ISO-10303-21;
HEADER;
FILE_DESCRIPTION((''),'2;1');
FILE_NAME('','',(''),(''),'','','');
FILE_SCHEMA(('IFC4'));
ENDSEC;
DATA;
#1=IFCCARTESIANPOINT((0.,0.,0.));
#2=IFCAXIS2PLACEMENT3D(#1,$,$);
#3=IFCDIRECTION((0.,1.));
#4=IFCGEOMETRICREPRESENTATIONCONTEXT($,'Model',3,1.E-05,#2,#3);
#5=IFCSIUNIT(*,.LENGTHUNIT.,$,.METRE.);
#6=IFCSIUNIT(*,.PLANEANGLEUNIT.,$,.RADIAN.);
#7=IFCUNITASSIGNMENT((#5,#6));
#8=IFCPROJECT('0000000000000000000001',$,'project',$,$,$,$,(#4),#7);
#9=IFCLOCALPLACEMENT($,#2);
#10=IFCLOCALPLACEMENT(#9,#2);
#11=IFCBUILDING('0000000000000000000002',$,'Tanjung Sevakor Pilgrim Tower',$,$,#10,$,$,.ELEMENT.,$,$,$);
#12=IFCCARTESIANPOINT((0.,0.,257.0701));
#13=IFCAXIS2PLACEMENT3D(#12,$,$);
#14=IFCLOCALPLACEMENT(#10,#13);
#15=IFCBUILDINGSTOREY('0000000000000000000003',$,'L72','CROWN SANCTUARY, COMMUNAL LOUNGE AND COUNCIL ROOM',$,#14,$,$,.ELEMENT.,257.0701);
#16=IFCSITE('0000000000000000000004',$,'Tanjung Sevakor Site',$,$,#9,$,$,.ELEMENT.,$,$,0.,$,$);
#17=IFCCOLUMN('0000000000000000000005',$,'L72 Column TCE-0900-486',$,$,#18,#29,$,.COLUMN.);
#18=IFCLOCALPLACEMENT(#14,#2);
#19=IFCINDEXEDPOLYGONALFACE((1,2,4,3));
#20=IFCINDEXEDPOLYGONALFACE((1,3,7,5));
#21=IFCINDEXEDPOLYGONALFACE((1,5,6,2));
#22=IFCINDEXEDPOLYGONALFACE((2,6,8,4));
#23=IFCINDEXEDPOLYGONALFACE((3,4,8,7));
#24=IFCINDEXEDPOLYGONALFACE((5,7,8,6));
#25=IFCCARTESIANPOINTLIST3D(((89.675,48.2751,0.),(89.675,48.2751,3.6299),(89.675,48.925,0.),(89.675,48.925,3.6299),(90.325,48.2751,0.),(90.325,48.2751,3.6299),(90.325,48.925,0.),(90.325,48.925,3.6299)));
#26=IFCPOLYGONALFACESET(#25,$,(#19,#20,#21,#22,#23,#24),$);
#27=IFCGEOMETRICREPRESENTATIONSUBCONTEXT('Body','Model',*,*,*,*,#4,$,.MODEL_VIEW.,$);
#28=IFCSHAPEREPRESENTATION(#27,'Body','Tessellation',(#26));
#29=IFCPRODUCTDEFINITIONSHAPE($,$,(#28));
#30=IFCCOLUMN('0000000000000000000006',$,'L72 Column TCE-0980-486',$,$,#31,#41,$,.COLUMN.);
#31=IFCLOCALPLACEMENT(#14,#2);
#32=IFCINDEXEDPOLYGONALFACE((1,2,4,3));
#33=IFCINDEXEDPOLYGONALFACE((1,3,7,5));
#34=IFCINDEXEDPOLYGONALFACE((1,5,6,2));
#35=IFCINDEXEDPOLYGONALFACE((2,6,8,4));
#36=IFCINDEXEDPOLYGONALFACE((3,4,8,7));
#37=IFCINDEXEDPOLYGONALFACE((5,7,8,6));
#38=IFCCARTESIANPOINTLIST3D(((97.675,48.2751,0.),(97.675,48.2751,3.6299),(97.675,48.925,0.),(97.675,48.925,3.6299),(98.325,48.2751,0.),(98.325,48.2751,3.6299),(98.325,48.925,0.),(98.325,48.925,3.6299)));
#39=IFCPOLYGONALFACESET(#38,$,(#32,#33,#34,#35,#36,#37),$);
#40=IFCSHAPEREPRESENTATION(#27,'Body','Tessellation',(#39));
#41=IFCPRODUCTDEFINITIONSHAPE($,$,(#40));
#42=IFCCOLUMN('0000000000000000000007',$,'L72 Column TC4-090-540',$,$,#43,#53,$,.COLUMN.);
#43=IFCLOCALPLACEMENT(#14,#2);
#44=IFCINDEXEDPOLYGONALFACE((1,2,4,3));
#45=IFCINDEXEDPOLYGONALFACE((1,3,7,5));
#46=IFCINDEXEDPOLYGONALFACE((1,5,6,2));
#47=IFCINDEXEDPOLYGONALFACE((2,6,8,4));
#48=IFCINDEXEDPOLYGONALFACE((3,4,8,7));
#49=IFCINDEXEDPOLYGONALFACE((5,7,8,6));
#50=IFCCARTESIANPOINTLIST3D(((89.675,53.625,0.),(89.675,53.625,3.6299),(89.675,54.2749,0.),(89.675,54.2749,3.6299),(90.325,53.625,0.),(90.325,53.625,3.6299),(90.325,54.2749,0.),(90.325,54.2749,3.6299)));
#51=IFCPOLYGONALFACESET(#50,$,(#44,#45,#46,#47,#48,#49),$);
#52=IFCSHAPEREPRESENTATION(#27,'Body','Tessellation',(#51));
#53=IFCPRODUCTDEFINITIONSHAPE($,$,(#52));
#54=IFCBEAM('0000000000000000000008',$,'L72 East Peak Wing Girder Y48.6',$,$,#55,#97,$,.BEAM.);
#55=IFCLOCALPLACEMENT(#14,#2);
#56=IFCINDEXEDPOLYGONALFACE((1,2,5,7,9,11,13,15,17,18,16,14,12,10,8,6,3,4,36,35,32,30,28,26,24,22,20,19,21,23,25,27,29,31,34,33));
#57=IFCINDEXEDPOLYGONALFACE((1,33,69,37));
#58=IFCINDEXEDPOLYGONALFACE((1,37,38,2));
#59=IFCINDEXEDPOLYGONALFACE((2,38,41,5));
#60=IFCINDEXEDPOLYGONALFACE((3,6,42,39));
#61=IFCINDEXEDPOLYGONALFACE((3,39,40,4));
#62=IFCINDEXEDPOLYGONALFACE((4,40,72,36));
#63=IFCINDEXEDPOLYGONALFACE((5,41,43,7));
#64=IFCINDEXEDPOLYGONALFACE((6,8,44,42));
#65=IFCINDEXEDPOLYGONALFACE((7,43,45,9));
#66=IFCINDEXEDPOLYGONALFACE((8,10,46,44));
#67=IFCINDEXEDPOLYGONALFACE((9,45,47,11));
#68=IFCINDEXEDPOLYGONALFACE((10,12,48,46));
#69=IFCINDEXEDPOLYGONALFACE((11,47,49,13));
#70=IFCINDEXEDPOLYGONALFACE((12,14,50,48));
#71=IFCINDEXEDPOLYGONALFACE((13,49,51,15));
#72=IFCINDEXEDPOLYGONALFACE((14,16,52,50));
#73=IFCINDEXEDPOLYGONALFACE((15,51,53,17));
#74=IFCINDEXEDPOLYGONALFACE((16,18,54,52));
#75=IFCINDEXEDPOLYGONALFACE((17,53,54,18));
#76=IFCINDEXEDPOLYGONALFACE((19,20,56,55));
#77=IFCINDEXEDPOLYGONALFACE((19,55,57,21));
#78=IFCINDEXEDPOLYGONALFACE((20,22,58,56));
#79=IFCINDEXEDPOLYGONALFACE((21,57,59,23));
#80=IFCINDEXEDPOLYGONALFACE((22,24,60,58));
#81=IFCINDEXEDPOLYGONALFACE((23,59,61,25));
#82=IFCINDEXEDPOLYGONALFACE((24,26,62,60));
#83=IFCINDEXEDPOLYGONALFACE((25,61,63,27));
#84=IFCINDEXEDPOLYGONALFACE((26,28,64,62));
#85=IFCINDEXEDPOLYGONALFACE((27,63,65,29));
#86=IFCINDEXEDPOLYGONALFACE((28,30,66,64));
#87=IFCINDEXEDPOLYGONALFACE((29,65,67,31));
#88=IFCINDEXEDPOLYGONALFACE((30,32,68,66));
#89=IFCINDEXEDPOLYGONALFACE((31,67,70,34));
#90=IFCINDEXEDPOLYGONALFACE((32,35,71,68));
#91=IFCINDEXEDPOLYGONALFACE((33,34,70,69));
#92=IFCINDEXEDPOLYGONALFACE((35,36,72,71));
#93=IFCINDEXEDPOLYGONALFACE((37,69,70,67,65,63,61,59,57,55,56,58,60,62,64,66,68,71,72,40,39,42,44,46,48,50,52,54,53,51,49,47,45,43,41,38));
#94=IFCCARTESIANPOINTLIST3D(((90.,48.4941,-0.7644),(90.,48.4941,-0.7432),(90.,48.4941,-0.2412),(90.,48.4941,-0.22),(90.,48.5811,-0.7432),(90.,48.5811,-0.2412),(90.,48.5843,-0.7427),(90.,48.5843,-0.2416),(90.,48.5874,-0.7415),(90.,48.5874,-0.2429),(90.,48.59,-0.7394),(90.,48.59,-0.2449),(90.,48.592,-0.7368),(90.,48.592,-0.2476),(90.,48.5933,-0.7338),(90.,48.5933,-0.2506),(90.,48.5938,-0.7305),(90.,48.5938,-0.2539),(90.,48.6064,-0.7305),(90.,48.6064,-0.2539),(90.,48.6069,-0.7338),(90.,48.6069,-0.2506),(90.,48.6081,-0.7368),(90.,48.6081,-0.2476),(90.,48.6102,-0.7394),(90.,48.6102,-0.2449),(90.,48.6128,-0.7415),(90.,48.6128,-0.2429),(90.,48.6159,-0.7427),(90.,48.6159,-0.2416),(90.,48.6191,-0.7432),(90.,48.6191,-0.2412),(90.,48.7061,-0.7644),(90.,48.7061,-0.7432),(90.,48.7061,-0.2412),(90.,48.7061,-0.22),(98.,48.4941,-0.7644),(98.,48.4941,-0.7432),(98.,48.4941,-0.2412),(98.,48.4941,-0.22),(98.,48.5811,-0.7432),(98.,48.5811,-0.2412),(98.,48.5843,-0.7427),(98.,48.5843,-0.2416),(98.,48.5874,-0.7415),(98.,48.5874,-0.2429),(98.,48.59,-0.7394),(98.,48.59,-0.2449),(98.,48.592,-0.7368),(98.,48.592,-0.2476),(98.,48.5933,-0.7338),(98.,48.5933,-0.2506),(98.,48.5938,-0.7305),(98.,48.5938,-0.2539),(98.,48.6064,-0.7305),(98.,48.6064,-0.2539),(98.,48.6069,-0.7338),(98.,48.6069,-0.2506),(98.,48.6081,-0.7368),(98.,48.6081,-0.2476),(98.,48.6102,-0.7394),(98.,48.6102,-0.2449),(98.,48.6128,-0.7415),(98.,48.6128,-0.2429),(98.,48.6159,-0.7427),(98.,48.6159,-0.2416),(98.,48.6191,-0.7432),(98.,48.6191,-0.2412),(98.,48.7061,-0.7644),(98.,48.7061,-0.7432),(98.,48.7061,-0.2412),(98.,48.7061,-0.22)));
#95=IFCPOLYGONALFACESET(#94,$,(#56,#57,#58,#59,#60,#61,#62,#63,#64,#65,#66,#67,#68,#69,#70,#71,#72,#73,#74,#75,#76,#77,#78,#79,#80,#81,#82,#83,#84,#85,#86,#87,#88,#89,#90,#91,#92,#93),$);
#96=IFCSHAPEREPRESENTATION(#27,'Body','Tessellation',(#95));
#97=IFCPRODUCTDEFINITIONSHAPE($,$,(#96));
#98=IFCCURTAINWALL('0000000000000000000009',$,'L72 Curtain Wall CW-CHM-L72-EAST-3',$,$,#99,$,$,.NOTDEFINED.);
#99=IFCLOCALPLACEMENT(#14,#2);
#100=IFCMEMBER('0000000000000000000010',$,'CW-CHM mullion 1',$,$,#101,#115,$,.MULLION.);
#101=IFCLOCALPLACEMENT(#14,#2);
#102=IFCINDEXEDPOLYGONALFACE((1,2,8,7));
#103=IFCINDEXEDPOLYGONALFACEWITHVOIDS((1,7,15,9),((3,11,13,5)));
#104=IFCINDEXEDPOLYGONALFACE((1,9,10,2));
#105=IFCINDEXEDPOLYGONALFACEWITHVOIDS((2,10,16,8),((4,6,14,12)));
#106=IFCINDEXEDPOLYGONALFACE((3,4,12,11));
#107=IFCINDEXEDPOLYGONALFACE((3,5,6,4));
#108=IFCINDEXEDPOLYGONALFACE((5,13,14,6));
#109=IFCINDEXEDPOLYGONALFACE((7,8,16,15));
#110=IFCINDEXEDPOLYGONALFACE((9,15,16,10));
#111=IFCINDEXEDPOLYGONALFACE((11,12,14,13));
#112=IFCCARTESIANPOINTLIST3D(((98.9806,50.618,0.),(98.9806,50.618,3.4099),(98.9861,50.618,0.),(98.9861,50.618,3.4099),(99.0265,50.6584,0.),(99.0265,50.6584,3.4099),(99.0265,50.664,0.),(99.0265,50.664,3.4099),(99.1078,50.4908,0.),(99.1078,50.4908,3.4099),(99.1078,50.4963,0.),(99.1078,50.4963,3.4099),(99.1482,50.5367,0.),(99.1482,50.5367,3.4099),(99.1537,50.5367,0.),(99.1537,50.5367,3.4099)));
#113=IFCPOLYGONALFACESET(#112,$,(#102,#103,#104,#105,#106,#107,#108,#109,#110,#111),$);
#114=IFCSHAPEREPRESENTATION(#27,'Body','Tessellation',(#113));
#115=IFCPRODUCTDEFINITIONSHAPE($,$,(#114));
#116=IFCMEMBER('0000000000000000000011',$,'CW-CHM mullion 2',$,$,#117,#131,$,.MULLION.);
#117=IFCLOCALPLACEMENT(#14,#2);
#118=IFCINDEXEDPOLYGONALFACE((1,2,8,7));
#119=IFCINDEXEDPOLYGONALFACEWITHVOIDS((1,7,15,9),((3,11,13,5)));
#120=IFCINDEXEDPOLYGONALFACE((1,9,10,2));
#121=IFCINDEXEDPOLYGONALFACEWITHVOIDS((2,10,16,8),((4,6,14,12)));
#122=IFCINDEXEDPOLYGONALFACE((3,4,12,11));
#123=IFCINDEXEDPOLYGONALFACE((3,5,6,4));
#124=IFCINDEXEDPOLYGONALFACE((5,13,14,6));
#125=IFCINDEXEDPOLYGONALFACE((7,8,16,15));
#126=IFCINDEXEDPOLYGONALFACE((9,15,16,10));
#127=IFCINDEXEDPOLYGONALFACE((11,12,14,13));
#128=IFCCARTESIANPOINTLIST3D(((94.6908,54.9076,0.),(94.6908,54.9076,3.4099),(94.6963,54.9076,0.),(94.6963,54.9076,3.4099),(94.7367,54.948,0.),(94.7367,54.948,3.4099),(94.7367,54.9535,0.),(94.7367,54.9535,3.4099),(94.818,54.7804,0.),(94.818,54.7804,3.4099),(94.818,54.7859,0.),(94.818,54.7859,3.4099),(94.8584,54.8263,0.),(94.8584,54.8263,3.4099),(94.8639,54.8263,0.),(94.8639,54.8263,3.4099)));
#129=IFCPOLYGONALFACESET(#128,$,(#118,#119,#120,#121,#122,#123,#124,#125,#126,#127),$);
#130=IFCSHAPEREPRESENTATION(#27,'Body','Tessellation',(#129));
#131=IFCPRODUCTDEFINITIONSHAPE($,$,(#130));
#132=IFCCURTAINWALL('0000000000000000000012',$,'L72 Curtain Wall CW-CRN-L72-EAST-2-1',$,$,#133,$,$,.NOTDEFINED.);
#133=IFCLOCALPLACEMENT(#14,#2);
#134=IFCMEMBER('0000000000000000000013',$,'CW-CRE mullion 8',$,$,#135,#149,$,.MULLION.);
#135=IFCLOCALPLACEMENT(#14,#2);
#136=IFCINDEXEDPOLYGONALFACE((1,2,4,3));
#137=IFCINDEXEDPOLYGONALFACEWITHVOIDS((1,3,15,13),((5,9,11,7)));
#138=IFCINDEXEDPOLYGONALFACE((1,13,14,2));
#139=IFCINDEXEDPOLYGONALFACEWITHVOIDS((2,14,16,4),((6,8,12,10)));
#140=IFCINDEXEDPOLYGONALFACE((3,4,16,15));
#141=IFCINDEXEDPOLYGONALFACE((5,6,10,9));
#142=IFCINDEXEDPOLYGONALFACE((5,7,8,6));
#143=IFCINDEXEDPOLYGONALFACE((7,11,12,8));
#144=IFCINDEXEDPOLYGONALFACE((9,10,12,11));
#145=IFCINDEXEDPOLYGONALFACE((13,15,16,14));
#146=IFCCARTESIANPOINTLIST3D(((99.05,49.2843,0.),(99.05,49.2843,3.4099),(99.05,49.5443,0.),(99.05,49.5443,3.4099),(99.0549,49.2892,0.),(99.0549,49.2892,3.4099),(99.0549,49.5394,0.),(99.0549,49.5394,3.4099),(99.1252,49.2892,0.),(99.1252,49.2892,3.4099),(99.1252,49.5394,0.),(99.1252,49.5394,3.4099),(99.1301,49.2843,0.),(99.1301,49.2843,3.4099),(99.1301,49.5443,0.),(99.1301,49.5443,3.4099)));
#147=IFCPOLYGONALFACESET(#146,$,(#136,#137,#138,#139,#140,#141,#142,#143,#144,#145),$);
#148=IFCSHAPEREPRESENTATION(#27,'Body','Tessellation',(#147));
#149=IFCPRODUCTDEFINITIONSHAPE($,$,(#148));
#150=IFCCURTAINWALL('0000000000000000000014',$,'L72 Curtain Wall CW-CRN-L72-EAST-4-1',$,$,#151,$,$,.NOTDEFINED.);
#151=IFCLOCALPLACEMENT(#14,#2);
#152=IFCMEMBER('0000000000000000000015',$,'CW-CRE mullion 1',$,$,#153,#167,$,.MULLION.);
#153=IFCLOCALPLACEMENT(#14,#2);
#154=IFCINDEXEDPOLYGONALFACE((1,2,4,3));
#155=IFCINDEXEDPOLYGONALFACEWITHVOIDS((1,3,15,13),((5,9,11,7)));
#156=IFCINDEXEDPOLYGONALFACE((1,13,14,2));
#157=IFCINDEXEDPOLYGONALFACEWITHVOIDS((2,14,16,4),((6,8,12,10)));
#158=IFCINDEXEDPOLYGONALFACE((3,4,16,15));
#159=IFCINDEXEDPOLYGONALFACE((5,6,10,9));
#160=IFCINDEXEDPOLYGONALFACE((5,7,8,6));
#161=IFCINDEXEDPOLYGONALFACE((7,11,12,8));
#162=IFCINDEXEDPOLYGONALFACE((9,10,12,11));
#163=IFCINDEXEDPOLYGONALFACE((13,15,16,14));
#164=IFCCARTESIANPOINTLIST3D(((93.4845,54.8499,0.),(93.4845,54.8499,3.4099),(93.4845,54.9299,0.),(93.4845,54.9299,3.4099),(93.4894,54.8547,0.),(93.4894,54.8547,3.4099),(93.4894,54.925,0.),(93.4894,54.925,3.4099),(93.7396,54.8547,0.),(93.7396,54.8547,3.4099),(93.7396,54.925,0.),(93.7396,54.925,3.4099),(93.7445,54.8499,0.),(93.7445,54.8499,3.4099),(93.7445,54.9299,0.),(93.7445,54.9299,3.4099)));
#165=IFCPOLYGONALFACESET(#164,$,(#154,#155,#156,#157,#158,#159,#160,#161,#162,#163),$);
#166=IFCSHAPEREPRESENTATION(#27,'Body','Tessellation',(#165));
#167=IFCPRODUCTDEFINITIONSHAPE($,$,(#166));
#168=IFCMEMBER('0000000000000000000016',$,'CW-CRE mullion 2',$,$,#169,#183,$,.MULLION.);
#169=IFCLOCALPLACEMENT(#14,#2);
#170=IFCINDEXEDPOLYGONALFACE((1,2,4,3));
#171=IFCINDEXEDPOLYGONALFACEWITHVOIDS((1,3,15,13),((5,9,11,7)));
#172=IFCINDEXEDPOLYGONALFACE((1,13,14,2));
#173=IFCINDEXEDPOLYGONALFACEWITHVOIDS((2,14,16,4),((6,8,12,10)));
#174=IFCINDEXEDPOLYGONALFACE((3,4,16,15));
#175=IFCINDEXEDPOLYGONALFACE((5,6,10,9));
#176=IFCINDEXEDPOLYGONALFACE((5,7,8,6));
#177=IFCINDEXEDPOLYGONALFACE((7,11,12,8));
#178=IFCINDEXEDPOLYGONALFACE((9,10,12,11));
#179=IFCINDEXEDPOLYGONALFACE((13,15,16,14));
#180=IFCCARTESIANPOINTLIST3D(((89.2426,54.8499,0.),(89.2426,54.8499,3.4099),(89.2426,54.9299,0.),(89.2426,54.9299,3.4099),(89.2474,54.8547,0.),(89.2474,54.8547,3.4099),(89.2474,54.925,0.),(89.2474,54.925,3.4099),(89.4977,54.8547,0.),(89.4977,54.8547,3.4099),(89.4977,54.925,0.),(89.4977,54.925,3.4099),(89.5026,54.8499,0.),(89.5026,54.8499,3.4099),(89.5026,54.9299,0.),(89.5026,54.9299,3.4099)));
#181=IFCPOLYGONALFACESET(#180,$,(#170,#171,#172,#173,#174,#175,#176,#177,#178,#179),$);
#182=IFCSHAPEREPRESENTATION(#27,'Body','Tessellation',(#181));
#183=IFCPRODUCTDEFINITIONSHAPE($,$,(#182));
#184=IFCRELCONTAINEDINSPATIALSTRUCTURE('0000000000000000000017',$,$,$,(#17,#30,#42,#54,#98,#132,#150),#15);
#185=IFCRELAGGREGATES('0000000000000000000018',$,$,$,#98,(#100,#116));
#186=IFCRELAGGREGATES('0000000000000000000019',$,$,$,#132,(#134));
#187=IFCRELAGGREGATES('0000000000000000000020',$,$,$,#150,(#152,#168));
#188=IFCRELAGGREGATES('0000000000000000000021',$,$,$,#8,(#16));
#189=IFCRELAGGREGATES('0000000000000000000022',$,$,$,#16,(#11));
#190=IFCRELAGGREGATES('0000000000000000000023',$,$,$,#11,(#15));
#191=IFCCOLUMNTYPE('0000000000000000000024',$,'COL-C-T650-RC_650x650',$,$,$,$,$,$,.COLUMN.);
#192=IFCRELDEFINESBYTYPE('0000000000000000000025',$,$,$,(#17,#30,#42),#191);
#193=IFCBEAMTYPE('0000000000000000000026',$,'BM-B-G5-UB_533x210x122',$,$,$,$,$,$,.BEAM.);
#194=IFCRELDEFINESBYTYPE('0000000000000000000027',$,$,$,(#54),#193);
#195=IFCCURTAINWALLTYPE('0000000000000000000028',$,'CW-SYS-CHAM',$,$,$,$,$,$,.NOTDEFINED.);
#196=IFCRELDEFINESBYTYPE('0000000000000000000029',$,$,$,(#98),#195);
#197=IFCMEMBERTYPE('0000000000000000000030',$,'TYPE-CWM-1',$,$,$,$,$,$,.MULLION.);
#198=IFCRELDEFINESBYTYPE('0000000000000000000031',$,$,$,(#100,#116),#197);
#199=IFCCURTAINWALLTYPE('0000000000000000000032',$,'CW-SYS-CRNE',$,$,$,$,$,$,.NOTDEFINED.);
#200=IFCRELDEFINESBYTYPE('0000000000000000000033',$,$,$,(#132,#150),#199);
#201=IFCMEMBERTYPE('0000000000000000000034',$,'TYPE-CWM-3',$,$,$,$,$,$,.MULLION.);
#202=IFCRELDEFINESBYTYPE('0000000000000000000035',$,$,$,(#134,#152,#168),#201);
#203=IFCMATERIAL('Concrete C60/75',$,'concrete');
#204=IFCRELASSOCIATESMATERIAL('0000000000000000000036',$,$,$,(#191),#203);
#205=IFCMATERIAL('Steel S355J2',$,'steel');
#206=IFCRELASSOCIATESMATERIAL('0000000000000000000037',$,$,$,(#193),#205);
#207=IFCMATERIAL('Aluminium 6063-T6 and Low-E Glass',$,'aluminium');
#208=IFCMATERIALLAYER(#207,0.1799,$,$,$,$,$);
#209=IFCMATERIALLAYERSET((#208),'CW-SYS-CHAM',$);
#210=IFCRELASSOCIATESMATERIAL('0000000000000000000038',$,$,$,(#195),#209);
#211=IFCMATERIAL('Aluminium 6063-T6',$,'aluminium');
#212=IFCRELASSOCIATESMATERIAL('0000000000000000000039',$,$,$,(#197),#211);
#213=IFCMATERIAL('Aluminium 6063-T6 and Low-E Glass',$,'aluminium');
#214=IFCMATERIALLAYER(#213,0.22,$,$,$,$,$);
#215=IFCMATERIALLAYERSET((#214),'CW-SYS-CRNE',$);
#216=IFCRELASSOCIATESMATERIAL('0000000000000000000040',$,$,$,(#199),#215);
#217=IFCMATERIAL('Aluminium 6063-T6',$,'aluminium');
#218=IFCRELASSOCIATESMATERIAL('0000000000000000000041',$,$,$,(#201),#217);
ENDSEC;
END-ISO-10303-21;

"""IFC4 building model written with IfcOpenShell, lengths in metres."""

from ifc_helpers import new_model, si_unit, direction, frame, origin, origin_2d, place, context, subcontext, project, spatial, rectangle, hollow_rectangle, i_section, extrude, material, layer, layer_set, material_profile, profile_set, type_object, element, aggregate, save


model = new_model("IFC4")

# Units and contexts
model_context = context("Model", 3, precision=1e-05, world=origin(), true_north=direction((0.0, 1.0)))
body_context = subcontext(model_context, "Body", "Model", "MODEL_VIEW")
ifc_project = project(units=[si_unit("LENGTHUNIT", "METRE"), si_unit("PLANEANGLEUNIT", "RADIAN")], contexts=[model_context])

# Site, building, storey
site_placement = place(None, origin())
site = spatial("IfcSite", under=ifc_project, at=site_placement, Name="Tanjung Sevakor Site", CompositionType="ELEMENT", RefElevation=0.0)
building_placement = place(site_placement, origin())
building = spatial("IfcBuilding", under=site, at=building_placement, Name="Tanjung Sevakor Pilgrim Tower", CompositionType="ELEMENT")
storey_placement = place(building_placement, frame((0.0, 0.0, 257.0701)))
storey = spatial("IfcBuildingStorey", under=building, at=storey_placement, Name="L72", Description="CROWN SANCTUARY, COMMUNAL LOUNGE AND COUNCIL ROOM", CompositionType="ELEMENT", Elevation=257.0701)

# Columns
ifc_material_1 = material(Name="Concrete C60/75", Category="concrete")
ifc_material_profile_1 = material_profile(ifc_material_1, rectangle(XDim=0.6499, YDim=0.6499, at=origin_2d()))
ifc_profile_set_1 = profile_set([ifc_material_profile_1], Name="Concrete C60/75")
column_type = type_object("IfcColumnType", Name="COL-C-T650-RC_650x650", PredefinedType="COLUMN", material=ifc_profile_set_1)
for number, where, z_axis, x_axis, name in (
    (1, (90.0, 48.6001, 0.0), (0.0, 0.0, 1.0), (1.0, 0.0, 0.0), "L72 Column TCE-0900-486"),
    (2, (98.0, 48.6001, 0.0), (0.0, 0.0, 1.0), (1.0, 0.0, 0.0), "L72 Column TCE-0980-486"),
    (3, (90.0, 53.95, 0.0), (0.0, 0.0, 1.0), (1.0, 0.0, 0.0), "L72 Column TC4-090-540"),
):
    element("IfcColumn", number, at=place(storey_placement, frame(where, z_axis=z_axis, x_axis=x_axis)), inside=storey, type_object=column_type, Name=name, PredefinedType="COLUMN", context=body_context, shape_type="SweptSolid", body=[
        extrude(rectangle(XDim=0.6499, YDim=0.6499, at=origin_2d()), origin(), (0.0, 0.0, 1.0), 3.6299),
    ])

# Beam
ifc_material_2 = material(Name="Steel S355J2", Category="steel")
ifc_material_profile_2 = material_profile(ifc_material_2, i_section(OverallWidth=0.2119, OverallDepth=0.5444, WebThickness=0.0127, FlangeThickness=0.0212, FilletRadius=0.0127, at=origin_2d()))
ifc_profile_set_2 = profile_set([ifc_material_profile_2], Name="Steel S355J2")
beam_type = type_object("IfcBeamType", Name="BM-B-G5-UB_533x210x122", PredefinedType="BEAM", material=ifc_profile_set_2)
beam_placement = place(storey_placement, frame((90.0, 48.6001, -0.4922), z_axis=(1.0, 0.0, 0.0), x_axis=(0.0, 1.0, 0.0)))
element("IfcBeam", 4, at=beam_placement, inside=storey, type_object=beam_type, Name="L72 East Peak Wing Girder Y48.6", PredefinedType="BEAM", context=body_context, shape_type="SweptSolid", body=[
    extrude(i_section(OverallWidth=0.2119, OverallDepth=0.5444, WebThickness=0.0127, FlangeThickness=0.0212, FilletRadius=0.0127, at=origin_2d()), origin(), (0.0, 0.0, 1.0), 8.0),
])

# Curtain wall, members
ifc_material_3 = material(Name="Aluminium 6063-T6 and Low-E Glass", Category="aluminium")
ifc_layer_1 = layer(ifc_material_3, 0.1799)
ifc_layer_set_1 = layer_set([ifc_layer_1], Name="CW-SYS-CHAM")
curtain_wall_type_1 = type_object("IfcCurtainWallType", Name="CW-SYS-CHAM", PredefinedType="NOTDEFINED", material=ifc_layer_set_1)
curtain_wall_1_placement = place(storey_placement, origin())
curtain_wall_1 = element("IfcCurtainWall", 5, at=curtain_wall_1_placement, inside=storey, type_object=curtain_wall_type_1, Name="L72 Curtain Wall CW-CHM-L72-EAST-3", PredefinedType="NOTDEFINED")
ifc_material_4 = material(Name="Aluminium 6063-T6", Category="aluminium")
ifc_material_profile_3 = material_profile(ifc_material_4, hollow_rectangle(XDim=0.0649, YDim=0.1799, WallThickness=0.0039, at=origin_2d()))
ifc_profile_set_3 = profile_set([ifc_material_profile_3], Name="Aluminium 6063-T6")
member_type_1 = type_object("IfcMemberType", Name="TYPE-CWM-1", PredefinedType="MULLION", material=ifc_profile_set_3)
member_1_placement = place(storey_placement, frame((99.0671, 50.5774, 0.0), z_axis=(0.0, 0.0, 1.0), x_axis=(-0.707107, -0.707107, 0.0)))
member_1 = element("IfcMember", 6, at=member_1_placement, type_object=member_type_1, Name="CW-CHM mullion 1", PredefinedType="MULLION", context=body_context, shape_type="SweptSolid", body=[
    extrude(hollow_rectangle(XDim=0.0649, YDim=0.1799, WallThickness=0.0039, at=origin_2d()), origin(), (0.0, 0.0, 1.0), 3.4099),
])
member_2_placement = place(storey_placement, frame((94.7773, 54.8669, 0.0), z_axis=(0.0, 0.0, 1.0), x_axis=(-0.707107, -0.707107, 0.0)))
member_2 = element("IfcMember", 7, at=member_2_placement, type_object=member_type_1, Name="CW-CHM mullion 2", PredefinedType="MULLION", context=body_context, shape_type="SweptSolid", body=[
    extrude(hollow_rectangle(XDim=0.0649, YDim=0.1799, WallThickness=0.0039, at=origin_2d()), origin(), (0.0, 0.0, 1.0), 3.4099),
])

# Curtain wall, member
ifc_material_5 = material(Name="Aluminium 6063-T6 and Low-E Glass", Category="aluminium")
ifc_layer_2 = layer(ifc_material_5, 0.22)
ifc_layer_set_2 = layer_set([ifc_layer_2], Name="CW-SYS-CRNE")
curtain_wall_type_2 = type_object("IfcCurtainWallType", Name="CW-SYS-CRNE", PredefinedType="NOTDEFINED", material=ifc_layer_set_2)
curtain_wall_2_placement = place(storey_placement, origin())
curtain_wall_2 = element("IfcCurtainWall", 8, at=curtain_wall_2_placement, inside=storey, type_object=curtain_wall_type_2, Name="L72 Curtain Wall CW-CRN-L72-EAST-2-1", PredefinedType="NOTDEFINED")
ifc_material_6 = material(Name="Aluminium 6063-T6", Category="aluminium")
ifc_material_profile_4 = material_profile(ifc_material_6, hollow_rectangle(XDim=0.0801, YDim=0.26, WallThickness=0.0049, at=origin_2d()))
ifc_profile_set_4 = profile_set([ifc_material_profile_4], Name="Aluminium 6063-T6")
member_type_2 = type_object("IfcMemberType", Name="TYPE-CWM-3", PredefinedType="MULLION", material=ifc_profile_set_4)
member_3_placement = place(storey_placement, frame((99.0901, 49.4143, 0.0), z_axis=(0.0, 0.0, 1.0), x_axis=(-1.0, 0.0, 0.0)))
member_3 = element("IfcMember", 9, at=member_3_placement, type_object=member_type_2, Name="CW-CRE mullion 8", PredefinedType="MULLION", context=body_context, shape_type="SweptSolid", body=[
    extrude(hollow_rectangle(XDim=0.0801, YDim=0.26, WallThickness=0.0049, at=origin_2d()), origin(), (0.0, 0.0, 1.0), 3.4099),
])

# Curtain wall, members
curtain_wall_3_placement = place(storey_placement, origin())
curtain_wall_3 = element("IfcCurtainWall", 10, at=curtain_wall_3_placement, inside=storey, type_object=curtain_wall_type_2, Name="L72 Curtain Wall CW-CRN-L72-EAST-4-1", PredefinedType="NOTDEFINED")
member_4_placement = place(storey_placement, frame((93.6145, 54.8899, 0.0), z_axis=(0.0, 0.0, 1.0), x_axis=(0.0, -1.0, 0.0)))
member_4 = element("IfcMember", 11, at=member_4_placement, type_object=member_type_2, Name="CW-CRE mullion 1", PredefinedType="MULLION", context=body_context, shape_type="SweptSolid", body=[
    extrude(hollow_rectangle(XDim=0.0801, YDim=0.26, WallThickness=0.0049, at=origin_2d()), origin(), (0.0, 0.0, 1.0), 3.4099),
])
member_5_placement = place(storey_placement, frame((89.3726, 54.8899, 0.0), z_axis=(0.0, 0.0, 1.0), x_axis=(0.0, -1.0, 0.0)))
member_5 = element("IfcMember", 12, at=member_5_placement, type_object=member_type_2, Name="CW-CRE mullion 2", PredefinedType="MULLION", context=body_context, shape_type="SweptSolid", body=[
    extrude(hollow_rectangle(XDim=0.0801, YDim=0.26, WallThickness=0.0049, at=origin_2d()), origin(), (0.0, 0.0, 1.0), 3.4099),
])

aggregate(curtain_wall_1, [member_1, member_2])
aggregate(curtain_wall_2, [member_3])
aggregate(curtain_wall_3, [member_4, member_5])

save(model, "model.ifc")
